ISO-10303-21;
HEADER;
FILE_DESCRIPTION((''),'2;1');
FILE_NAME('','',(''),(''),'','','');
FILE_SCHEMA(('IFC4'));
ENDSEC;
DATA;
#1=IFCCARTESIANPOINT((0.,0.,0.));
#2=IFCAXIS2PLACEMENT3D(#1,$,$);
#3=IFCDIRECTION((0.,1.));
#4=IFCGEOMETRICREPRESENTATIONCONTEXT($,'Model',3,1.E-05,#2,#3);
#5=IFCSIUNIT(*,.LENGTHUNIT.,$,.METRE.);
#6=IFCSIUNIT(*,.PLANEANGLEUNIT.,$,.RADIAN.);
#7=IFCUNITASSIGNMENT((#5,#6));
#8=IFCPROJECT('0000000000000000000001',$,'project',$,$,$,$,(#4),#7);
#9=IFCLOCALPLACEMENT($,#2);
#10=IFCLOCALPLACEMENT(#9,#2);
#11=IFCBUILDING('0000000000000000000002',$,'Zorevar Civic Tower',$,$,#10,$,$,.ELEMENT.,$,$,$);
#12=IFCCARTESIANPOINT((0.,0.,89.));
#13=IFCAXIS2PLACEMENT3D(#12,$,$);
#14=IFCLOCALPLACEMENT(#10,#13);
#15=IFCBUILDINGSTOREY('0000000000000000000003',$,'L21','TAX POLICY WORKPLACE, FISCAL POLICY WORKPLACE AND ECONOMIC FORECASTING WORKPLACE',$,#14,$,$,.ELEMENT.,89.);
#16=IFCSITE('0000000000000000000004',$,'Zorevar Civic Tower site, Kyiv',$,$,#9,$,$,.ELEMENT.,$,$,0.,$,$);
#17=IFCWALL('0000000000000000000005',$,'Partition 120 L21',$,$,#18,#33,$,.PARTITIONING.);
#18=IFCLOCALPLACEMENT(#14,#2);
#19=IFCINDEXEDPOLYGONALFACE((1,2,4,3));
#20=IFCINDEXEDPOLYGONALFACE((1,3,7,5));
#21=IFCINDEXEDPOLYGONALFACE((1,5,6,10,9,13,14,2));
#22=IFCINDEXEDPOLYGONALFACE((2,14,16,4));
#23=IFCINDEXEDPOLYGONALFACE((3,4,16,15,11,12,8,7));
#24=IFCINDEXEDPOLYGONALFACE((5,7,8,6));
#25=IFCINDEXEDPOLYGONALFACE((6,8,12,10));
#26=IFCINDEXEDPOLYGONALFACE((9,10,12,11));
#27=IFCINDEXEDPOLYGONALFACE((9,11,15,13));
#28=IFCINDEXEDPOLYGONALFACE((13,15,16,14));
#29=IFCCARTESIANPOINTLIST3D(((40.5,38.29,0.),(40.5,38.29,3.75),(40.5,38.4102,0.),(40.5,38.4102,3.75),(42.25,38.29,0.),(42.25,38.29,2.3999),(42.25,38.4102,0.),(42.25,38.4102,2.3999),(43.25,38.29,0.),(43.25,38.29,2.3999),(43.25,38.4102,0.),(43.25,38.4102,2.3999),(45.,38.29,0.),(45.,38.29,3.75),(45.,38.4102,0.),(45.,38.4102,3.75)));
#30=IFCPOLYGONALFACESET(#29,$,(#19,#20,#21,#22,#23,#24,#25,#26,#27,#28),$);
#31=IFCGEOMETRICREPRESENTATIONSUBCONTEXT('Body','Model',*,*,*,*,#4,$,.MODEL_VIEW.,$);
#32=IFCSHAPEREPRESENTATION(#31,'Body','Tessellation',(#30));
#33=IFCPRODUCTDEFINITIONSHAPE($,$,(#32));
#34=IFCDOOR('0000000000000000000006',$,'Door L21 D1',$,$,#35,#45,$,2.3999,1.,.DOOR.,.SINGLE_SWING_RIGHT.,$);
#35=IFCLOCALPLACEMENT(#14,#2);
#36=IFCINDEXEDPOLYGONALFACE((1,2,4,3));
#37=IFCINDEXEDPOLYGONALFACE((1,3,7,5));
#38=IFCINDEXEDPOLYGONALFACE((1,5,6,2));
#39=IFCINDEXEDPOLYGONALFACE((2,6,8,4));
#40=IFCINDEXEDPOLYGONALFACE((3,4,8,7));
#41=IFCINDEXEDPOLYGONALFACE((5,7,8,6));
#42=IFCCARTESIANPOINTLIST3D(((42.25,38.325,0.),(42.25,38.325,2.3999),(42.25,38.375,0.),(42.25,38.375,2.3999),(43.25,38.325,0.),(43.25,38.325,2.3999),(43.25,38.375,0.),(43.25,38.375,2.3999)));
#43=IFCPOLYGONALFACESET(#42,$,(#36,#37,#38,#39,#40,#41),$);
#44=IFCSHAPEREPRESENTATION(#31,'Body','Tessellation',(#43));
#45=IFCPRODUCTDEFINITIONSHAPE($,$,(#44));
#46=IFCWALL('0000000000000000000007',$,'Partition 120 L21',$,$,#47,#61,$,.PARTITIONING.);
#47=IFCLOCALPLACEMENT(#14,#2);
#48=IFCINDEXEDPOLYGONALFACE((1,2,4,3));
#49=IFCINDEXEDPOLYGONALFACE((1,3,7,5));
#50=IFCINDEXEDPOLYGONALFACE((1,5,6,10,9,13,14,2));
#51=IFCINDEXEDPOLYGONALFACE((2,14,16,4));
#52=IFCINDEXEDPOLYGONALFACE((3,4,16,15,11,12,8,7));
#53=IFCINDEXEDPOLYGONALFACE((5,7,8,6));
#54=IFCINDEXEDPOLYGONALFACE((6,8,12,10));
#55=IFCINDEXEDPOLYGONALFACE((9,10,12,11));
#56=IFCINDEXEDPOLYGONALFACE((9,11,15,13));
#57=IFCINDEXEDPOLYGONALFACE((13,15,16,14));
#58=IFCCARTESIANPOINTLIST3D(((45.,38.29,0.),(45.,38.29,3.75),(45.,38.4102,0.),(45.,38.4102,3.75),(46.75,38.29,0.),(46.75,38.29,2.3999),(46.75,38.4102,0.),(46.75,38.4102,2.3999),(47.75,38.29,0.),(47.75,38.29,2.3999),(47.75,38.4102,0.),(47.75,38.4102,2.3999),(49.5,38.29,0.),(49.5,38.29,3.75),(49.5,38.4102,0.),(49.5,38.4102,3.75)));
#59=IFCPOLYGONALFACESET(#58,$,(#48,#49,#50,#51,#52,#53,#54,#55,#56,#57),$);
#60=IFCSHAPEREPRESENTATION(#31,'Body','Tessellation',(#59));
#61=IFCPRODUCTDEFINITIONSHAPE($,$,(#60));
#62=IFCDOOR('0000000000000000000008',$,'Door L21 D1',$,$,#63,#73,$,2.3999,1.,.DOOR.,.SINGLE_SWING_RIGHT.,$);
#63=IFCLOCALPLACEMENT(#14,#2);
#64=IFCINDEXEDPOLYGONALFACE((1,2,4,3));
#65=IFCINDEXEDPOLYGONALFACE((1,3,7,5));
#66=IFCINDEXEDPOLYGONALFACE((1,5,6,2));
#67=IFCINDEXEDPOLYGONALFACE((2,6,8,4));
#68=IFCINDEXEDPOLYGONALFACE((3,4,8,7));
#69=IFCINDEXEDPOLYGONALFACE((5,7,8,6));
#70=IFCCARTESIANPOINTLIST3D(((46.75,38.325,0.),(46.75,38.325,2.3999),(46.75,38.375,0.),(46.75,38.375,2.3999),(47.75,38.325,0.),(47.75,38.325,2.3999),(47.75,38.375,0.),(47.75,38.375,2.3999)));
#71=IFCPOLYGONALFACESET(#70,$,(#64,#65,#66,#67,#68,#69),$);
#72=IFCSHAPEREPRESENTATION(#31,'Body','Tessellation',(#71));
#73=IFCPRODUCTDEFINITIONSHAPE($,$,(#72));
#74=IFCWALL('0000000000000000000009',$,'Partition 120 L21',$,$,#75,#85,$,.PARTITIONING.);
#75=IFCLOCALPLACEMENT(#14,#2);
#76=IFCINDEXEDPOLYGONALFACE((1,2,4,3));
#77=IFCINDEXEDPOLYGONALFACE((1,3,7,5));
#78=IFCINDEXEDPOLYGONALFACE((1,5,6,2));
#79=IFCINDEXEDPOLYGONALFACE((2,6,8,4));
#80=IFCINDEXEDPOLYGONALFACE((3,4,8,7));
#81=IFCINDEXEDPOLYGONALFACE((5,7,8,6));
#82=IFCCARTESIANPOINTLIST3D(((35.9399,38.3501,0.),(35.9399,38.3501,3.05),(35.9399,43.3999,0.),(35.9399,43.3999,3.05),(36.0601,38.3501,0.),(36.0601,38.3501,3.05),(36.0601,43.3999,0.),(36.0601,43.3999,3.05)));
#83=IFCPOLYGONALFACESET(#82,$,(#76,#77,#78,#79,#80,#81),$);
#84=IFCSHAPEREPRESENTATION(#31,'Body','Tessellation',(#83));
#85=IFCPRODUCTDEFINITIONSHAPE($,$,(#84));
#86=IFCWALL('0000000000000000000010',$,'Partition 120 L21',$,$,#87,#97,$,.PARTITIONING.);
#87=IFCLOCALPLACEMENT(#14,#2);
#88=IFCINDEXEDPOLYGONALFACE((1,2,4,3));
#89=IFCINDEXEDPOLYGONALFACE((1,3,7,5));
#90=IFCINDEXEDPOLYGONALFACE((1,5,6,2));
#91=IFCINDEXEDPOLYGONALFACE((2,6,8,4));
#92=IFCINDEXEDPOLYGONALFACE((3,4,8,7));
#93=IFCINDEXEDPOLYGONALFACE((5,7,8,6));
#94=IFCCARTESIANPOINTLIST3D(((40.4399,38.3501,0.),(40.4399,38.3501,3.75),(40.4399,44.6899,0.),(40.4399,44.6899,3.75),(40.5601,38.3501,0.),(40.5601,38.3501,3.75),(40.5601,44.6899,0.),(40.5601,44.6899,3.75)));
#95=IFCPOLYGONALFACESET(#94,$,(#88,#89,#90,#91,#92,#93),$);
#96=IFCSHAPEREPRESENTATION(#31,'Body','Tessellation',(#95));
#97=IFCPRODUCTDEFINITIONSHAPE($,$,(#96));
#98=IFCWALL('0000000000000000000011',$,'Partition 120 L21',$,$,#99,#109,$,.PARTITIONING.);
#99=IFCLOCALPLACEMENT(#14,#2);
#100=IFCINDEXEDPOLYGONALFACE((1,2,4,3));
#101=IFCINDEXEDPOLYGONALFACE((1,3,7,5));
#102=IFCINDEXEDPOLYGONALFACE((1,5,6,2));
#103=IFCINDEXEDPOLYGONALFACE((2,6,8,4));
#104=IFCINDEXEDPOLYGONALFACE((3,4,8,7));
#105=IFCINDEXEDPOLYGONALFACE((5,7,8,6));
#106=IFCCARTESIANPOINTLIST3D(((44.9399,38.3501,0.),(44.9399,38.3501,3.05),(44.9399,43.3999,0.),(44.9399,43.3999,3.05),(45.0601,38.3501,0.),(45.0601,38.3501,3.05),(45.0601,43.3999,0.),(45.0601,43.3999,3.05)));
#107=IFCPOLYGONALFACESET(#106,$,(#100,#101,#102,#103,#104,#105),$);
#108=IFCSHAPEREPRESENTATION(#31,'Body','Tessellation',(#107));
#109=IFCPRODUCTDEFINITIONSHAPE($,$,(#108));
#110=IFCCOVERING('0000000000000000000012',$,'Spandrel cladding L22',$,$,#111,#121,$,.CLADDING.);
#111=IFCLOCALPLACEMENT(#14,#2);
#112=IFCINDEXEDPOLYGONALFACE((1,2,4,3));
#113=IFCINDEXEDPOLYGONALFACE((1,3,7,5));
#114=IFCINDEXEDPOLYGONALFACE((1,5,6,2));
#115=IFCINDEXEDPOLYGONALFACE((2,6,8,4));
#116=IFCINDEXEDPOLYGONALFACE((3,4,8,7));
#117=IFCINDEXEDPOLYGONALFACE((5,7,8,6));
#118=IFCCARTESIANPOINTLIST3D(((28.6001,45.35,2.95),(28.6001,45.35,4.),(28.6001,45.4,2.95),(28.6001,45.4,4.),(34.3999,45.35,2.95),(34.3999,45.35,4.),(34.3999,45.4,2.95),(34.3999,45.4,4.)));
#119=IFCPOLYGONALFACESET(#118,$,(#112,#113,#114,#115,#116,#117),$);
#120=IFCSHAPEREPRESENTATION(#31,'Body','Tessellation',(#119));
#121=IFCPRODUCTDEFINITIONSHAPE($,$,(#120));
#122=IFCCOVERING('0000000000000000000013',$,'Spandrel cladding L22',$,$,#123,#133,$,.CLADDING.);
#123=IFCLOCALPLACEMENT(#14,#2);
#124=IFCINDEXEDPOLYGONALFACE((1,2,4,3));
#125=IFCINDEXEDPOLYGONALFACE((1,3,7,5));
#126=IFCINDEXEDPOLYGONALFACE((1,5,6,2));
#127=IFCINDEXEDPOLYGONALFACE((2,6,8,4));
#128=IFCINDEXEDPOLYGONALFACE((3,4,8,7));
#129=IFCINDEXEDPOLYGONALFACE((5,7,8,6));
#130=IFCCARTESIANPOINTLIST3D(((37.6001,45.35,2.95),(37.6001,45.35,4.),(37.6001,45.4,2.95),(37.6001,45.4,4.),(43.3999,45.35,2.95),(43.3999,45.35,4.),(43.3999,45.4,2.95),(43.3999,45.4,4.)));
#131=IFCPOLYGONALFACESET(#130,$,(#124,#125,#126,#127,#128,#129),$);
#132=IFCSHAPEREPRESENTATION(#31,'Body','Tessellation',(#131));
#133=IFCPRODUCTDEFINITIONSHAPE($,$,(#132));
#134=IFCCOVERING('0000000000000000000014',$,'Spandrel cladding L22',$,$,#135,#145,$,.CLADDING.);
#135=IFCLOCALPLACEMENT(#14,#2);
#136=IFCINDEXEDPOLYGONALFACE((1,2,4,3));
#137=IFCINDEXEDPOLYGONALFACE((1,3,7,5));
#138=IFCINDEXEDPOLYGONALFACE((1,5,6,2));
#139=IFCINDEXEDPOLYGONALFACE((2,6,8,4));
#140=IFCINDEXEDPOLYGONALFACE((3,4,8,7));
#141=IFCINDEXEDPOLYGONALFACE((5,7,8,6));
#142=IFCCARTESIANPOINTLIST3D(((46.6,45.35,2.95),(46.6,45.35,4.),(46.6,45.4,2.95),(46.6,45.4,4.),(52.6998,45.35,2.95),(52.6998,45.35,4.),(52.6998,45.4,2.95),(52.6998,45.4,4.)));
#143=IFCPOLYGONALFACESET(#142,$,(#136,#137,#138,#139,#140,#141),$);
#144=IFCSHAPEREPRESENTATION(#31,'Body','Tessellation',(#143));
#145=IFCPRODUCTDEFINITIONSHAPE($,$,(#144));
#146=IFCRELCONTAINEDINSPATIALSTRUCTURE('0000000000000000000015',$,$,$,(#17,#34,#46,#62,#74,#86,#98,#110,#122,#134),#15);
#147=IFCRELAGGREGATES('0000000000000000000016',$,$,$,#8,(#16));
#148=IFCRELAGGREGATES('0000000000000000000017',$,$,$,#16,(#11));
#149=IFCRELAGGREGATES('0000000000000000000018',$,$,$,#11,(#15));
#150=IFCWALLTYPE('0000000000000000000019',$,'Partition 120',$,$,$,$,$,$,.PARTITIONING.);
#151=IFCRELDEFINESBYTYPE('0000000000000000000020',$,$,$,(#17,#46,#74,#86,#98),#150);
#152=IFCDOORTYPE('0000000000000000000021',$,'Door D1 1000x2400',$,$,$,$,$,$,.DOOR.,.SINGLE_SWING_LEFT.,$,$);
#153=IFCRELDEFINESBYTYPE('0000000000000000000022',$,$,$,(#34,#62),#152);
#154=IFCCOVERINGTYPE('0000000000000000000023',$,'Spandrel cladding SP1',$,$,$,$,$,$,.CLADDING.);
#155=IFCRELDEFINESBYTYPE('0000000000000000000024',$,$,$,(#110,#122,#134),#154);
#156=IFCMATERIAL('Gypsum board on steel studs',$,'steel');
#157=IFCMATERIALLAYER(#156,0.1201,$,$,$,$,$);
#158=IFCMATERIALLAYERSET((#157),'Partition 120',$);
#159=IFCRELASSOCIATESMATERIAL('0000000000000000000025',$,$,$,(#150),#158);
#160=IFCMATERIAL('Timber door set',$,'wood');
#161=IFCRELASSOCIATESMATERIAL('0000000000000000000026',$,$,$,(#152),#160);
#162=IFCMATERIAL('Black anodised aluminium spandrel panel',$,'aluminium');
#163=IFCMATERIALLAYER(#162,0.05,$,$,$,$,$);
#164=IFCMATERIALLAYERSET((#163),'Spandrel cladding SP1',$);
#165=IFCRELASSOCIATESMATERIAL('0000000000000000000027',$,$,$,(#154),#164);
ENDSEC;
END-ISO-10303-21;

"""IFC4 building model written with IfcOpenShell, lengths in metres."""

from ifc_helpers import new_model, si_unit, direction, frame, frame_2d, origin, place, context, subcontext, project, spatial, rectangle, extrude, material, layer, layer_set, type_object, element, fill, save


model = new_model("IFC4")

# Units and contexts
model_context = context("Model", 3, precision=1e-05, world=origin(), true_north=direction((0.0, 1.0)))
body_context = subcontext(model_context, "Body", "Model", "MODEL_VIEW")
ifc_project = project(units=[si_unit("LENGTHUNIT", "METRE"), si_unit("PLANEANGLEUNIT", "RADIAN")], contexts=[model_context])

# Site, building, storey
site_placement = place(None, origin())
site = spatial("IfcSite", under=ifc_project, at=site_placement, Name="Zorevar Civic Tower site, Kyiv", CompositionType="ELEMENT", RefElevation=0.0)
building_placement = place(site_placement, origin())
building = spatial("IfcBuilding", under=site, at=building_placement, Name="Zorevar Civic Tower", CompositionType="ELEMENT")
storey_placement = place(building_placement, frame((0.0, 0.0, 89.0)))
storey = spatial("IfcBuildingStorey", under=building, at=storey_placement, Name="L21", Description="TAX POLICY WORKPLACE, FISCAL POLICY WORKPLACE AND ECONOMIC FORECASTING WORKPLACE", CompositionType="ELEMENT", Elevation=89.0)

# Walls, openings, doors
ifc_material_1 = material(Name="Gypsum board on steel studs", Category="steel")
ifc_layer_1 = layer(ifc_material_1, 0.1201)
ifc_layer_set_1 = layer_set([ifc_layer_1], Name="Partition 120")
wall_type = type_object("IfcWallType", Name="Partition 120", PredefinedType="PARTITIONING", material=ifc_layer_set_1)
ifc_material_2 = material(Name="Timber door set", Category="wood")
door_type = type_object("IfcDoorType", Name="Door D1 1000x2400", OperationType="SINGLE_SWING_LEFT", PredefinedType="DOOR", material=ifc_material_2)
wall_1_placement = place(storey_placement, frame((40.5, 38.3501, 0.0), z_axis=(0.0, 0.0, 1.0), x_axis=(1.0, 0.0, 0.0)))
wall_1 = element("IfcWall", 1, at=wall_1_placement, inside=storey, type_object=wall_type, Name="Partition 120 L21", PredefinedType="PARTITIONING", context=body_context, shape_type="SweptSolid", body=[
    extrude(rectangle(XDim=4.5, YDim=0.1201, at=frame_2d((2.25, 0.0))), origin(), (0.0, 0.0, 1.0), 3.75),
])
opening_1_placement = place(wall_1_placement, frame((1.75, 0.0, 0.0)))
opening_1 = element("IfcOpeningElement", 2, at=opening_1_placement, cuts=wall_1, PredefinedType="OPENING", context=body_context, shape_type="SweptSolid", body=[
    extrude(rectangle(XDim=1.0, YDim=2.3999, at=frame_2d((0.5, 1.2))), frame((0.0, 0.0701, 0.0), z_axis=(0.0, -1.0, 0.0), x_axis=(1.0, 0.0, 0.0)), (0.0, 0.0, 1.0), 0.1401),
])
door_1_placement = place(opening_1_placement, origin())
door_1 = element("IfcDoor", 3, at=door_1_placement, inside=storey, type_object=door_type, Name="Door L21 D1", OperationType="SINGLE_SWING_RIGHT", OverallHeight=2.3999, OverallWidth=1.0, PredefinedType="DOOR", context=body_context, shape_type="SweptSolid", body=[
    extrude(rectangle(XDim=1.0, YDim=2.3999, at=frame_2d((0.5, 1.2))), frame((0.0, 0.0249, 0.0), z_axis=(0.0, -1.0, 0.0), x_axis=(1.0, 0.0, 0.0)), (0.0, 0.0, 1.0), 0.05),
])
fill(opening_1, door_1)
wall_2_placement = place(storey_placement, frame((45.0, 38.3501, 0.0), z_axis=(0.0, 0.0, 1.0), x_axis=(1.0, 0.0, 0.0)))
wall_2 = element("IfcWall", 4, at=wall_2_placement, inside=storey, type_object=wall_type, Name="Partition 120 L21", PredefinedType="PARTITIONING", context=body_context, shape_type="SweptSolid", body=[
    extrude(rectangle(XDim=4.5, YDim=0.1201, at=frame_2d((2.25, 0.0))), origin(), (0.0, 0.0, 1.0), 3.75),
])
opening_2_placement = place(wall_2_placement, frame((1.75, 0.0, 0.0)))
opening_2 = element("IfcOpeningElement", 5, at=opening_2_placement, cuts=wall_2, PredefinedType="OPENING", context=body_context, shape_type="SweptSolid", body=[
    extrude(rectangle(XDim=1.0, YDim=2.3999, at=frame_2d((0.5, 1.2))), frame((0.0, 0.0701, 0.0), z_axis=(0.0, -1.0, 0.0), x_axis=(1.0, 0.0, 0.0)), (0.0, 0.0, 1.0), 0.1401),
])
door_2_placement = place(opening_2_placement, origin())
door_2 = element("IfcDoor", 6, at=door_2_placement, inside=storey, type_object=door_type, Name="Door L21 D1", OperationType="SINGLE_SWING_RIGHT", OverallHeight=2.3999, OverallWidth=1.0, PredefinedType="DOOR", context=body_context, shape_type="SweptSolid", body=[
    extrude(rectangle(XDim=1.0, YDim=2.3999, at=frame_2d((0.5, 1.2))), frame((0.0, 0.0249, 0.0), z_axis=(0.0, -1.0, 0.0), x_axis=(1.0, 0.0, 0.0)), (0.0, 0.0, 1.0), 0.05),
])
fill(opening_2, door_2)

# Walls
wall_3_placement = place(storey_placement, frame((36.0, 38.3501, 0.0), z_axis=(0.0, 0.0, 1.0), x_axis=(0.0, 1.0, 0.0)))
element("IfcWall", 7, at=wall_3_placement, inside=storey, type_object=wall_type, Name="Partition 120 L21", PredefinedType="PARTITIONING", context=body_context, shape_type="SweptSolid", body=[
    extrude(rectangle(XDim=5.0498, YDim=0.1201, at=frame_2d((2.5249, 0.0))), origin(), (0.0, 0.0, 1.0), 3.05),
])
wall_4_placement = place(storey_placement, frame((40.5, 38.3501, 0.0), z_axis=(0.0, 0.0, 1.0), x_axis=(0.0, 1.0, 0.0)))
element("IfcWall", 8, at=wall_4_placement, inside=storey, type_object=wall_type, Name="Partition 120 L21", PredefinedType="PARTITIONING", context=body_context, shape_type="SweptSolid", body=[
    extrude(rectangle(XDim=6.3398, YDim=0.1201, at=frame_2d((3.1699, 0.0))), origin(), (0.0, 0.0, 1.0), 3.75),
])
wall_5_placement = place(storey_placement, frame((45.0, 38.3501, 0.0), z_axis=(0.0, 0.0, 1.0), x_axis=(0.0, 1.0, 0.0)))
element("IfcWall", 9, at=wall_5_placement, inside=storey, type_object=wall_type, Name="Partition 120 L21", PredefinedType="PARTITIONING", context=body_context, shape_type="SweptSolid", body=[
    extrude(rectangle(XDim=5.0498, YDim=0.1201, at=frame_2d((2.5249, 0.0))), origin(), (0.0, 0.0, 1.0), 3.05),
])

# Coverings
ifc_material_3 = material(Name="Black anodised aluminium spandrel panel", Category="aluminium")
ifc_layer_2 = layer(ifc_material_3, 0.05)
ifc_layer_set_2 = layer_set([ifc_layer_2], Name="Spandrel cladding SP1")
covering_type = type_object("IfcCoveringType", Name="Spandrel cladding SP1", PredefinedType="CLADDING", material=ifc_layer_set_2)
for number, where, z_axis, x_axis, name in (
    (10, (28.6001, 45.375, 2.95), (0.0, 0.0, 1.0), (1.0, 0.0, 0.0), "Spandrel cladding L22"),
    (11, (37.6001, 45.375, 2.95), (0.0, 0.0, 1.0), (1.0, 0.0, 0.0), "Spandrel cladding L22"),
):
    element("IfcCovering", number, at=place(storey_placement, frame(where, z_axis=z_axis, x_axis=x_axis)), inside=storey, type_object=covering_type, Name=name, PredefinedType="CLADDING", context=body_context, shape_type="SweptSolid", body=[
        extrude(rectangle(XDim=5.7998, YDim=0.05, at=frame_2d((2.8999, 0.0))), origin(), (0.0, 0.0, 1.0), 1.05),
    ])
covering_placement = place(storey_placement, frame((46.6001, 45.375, 2.95), z_axis=(0.0, 0.0, 1.0), x_axis=(1.0, 0.0, 0.0)))
element("IfcCovering", 12, at=covering_placement, inside=storey, type_object=covering_type, Name="Spandrel cladding L22", PredefinedType="CLADDING", context=body_context, shape_type="SweptSolid", body=[
    extrude(rectangle(XDim=6.0999, YDim=0.05, at=frame_2d((3.0498, 0.0))), origin(), (0.0, 0.0, 1.0), 1.05),
])

save(model, "model.ifc")
